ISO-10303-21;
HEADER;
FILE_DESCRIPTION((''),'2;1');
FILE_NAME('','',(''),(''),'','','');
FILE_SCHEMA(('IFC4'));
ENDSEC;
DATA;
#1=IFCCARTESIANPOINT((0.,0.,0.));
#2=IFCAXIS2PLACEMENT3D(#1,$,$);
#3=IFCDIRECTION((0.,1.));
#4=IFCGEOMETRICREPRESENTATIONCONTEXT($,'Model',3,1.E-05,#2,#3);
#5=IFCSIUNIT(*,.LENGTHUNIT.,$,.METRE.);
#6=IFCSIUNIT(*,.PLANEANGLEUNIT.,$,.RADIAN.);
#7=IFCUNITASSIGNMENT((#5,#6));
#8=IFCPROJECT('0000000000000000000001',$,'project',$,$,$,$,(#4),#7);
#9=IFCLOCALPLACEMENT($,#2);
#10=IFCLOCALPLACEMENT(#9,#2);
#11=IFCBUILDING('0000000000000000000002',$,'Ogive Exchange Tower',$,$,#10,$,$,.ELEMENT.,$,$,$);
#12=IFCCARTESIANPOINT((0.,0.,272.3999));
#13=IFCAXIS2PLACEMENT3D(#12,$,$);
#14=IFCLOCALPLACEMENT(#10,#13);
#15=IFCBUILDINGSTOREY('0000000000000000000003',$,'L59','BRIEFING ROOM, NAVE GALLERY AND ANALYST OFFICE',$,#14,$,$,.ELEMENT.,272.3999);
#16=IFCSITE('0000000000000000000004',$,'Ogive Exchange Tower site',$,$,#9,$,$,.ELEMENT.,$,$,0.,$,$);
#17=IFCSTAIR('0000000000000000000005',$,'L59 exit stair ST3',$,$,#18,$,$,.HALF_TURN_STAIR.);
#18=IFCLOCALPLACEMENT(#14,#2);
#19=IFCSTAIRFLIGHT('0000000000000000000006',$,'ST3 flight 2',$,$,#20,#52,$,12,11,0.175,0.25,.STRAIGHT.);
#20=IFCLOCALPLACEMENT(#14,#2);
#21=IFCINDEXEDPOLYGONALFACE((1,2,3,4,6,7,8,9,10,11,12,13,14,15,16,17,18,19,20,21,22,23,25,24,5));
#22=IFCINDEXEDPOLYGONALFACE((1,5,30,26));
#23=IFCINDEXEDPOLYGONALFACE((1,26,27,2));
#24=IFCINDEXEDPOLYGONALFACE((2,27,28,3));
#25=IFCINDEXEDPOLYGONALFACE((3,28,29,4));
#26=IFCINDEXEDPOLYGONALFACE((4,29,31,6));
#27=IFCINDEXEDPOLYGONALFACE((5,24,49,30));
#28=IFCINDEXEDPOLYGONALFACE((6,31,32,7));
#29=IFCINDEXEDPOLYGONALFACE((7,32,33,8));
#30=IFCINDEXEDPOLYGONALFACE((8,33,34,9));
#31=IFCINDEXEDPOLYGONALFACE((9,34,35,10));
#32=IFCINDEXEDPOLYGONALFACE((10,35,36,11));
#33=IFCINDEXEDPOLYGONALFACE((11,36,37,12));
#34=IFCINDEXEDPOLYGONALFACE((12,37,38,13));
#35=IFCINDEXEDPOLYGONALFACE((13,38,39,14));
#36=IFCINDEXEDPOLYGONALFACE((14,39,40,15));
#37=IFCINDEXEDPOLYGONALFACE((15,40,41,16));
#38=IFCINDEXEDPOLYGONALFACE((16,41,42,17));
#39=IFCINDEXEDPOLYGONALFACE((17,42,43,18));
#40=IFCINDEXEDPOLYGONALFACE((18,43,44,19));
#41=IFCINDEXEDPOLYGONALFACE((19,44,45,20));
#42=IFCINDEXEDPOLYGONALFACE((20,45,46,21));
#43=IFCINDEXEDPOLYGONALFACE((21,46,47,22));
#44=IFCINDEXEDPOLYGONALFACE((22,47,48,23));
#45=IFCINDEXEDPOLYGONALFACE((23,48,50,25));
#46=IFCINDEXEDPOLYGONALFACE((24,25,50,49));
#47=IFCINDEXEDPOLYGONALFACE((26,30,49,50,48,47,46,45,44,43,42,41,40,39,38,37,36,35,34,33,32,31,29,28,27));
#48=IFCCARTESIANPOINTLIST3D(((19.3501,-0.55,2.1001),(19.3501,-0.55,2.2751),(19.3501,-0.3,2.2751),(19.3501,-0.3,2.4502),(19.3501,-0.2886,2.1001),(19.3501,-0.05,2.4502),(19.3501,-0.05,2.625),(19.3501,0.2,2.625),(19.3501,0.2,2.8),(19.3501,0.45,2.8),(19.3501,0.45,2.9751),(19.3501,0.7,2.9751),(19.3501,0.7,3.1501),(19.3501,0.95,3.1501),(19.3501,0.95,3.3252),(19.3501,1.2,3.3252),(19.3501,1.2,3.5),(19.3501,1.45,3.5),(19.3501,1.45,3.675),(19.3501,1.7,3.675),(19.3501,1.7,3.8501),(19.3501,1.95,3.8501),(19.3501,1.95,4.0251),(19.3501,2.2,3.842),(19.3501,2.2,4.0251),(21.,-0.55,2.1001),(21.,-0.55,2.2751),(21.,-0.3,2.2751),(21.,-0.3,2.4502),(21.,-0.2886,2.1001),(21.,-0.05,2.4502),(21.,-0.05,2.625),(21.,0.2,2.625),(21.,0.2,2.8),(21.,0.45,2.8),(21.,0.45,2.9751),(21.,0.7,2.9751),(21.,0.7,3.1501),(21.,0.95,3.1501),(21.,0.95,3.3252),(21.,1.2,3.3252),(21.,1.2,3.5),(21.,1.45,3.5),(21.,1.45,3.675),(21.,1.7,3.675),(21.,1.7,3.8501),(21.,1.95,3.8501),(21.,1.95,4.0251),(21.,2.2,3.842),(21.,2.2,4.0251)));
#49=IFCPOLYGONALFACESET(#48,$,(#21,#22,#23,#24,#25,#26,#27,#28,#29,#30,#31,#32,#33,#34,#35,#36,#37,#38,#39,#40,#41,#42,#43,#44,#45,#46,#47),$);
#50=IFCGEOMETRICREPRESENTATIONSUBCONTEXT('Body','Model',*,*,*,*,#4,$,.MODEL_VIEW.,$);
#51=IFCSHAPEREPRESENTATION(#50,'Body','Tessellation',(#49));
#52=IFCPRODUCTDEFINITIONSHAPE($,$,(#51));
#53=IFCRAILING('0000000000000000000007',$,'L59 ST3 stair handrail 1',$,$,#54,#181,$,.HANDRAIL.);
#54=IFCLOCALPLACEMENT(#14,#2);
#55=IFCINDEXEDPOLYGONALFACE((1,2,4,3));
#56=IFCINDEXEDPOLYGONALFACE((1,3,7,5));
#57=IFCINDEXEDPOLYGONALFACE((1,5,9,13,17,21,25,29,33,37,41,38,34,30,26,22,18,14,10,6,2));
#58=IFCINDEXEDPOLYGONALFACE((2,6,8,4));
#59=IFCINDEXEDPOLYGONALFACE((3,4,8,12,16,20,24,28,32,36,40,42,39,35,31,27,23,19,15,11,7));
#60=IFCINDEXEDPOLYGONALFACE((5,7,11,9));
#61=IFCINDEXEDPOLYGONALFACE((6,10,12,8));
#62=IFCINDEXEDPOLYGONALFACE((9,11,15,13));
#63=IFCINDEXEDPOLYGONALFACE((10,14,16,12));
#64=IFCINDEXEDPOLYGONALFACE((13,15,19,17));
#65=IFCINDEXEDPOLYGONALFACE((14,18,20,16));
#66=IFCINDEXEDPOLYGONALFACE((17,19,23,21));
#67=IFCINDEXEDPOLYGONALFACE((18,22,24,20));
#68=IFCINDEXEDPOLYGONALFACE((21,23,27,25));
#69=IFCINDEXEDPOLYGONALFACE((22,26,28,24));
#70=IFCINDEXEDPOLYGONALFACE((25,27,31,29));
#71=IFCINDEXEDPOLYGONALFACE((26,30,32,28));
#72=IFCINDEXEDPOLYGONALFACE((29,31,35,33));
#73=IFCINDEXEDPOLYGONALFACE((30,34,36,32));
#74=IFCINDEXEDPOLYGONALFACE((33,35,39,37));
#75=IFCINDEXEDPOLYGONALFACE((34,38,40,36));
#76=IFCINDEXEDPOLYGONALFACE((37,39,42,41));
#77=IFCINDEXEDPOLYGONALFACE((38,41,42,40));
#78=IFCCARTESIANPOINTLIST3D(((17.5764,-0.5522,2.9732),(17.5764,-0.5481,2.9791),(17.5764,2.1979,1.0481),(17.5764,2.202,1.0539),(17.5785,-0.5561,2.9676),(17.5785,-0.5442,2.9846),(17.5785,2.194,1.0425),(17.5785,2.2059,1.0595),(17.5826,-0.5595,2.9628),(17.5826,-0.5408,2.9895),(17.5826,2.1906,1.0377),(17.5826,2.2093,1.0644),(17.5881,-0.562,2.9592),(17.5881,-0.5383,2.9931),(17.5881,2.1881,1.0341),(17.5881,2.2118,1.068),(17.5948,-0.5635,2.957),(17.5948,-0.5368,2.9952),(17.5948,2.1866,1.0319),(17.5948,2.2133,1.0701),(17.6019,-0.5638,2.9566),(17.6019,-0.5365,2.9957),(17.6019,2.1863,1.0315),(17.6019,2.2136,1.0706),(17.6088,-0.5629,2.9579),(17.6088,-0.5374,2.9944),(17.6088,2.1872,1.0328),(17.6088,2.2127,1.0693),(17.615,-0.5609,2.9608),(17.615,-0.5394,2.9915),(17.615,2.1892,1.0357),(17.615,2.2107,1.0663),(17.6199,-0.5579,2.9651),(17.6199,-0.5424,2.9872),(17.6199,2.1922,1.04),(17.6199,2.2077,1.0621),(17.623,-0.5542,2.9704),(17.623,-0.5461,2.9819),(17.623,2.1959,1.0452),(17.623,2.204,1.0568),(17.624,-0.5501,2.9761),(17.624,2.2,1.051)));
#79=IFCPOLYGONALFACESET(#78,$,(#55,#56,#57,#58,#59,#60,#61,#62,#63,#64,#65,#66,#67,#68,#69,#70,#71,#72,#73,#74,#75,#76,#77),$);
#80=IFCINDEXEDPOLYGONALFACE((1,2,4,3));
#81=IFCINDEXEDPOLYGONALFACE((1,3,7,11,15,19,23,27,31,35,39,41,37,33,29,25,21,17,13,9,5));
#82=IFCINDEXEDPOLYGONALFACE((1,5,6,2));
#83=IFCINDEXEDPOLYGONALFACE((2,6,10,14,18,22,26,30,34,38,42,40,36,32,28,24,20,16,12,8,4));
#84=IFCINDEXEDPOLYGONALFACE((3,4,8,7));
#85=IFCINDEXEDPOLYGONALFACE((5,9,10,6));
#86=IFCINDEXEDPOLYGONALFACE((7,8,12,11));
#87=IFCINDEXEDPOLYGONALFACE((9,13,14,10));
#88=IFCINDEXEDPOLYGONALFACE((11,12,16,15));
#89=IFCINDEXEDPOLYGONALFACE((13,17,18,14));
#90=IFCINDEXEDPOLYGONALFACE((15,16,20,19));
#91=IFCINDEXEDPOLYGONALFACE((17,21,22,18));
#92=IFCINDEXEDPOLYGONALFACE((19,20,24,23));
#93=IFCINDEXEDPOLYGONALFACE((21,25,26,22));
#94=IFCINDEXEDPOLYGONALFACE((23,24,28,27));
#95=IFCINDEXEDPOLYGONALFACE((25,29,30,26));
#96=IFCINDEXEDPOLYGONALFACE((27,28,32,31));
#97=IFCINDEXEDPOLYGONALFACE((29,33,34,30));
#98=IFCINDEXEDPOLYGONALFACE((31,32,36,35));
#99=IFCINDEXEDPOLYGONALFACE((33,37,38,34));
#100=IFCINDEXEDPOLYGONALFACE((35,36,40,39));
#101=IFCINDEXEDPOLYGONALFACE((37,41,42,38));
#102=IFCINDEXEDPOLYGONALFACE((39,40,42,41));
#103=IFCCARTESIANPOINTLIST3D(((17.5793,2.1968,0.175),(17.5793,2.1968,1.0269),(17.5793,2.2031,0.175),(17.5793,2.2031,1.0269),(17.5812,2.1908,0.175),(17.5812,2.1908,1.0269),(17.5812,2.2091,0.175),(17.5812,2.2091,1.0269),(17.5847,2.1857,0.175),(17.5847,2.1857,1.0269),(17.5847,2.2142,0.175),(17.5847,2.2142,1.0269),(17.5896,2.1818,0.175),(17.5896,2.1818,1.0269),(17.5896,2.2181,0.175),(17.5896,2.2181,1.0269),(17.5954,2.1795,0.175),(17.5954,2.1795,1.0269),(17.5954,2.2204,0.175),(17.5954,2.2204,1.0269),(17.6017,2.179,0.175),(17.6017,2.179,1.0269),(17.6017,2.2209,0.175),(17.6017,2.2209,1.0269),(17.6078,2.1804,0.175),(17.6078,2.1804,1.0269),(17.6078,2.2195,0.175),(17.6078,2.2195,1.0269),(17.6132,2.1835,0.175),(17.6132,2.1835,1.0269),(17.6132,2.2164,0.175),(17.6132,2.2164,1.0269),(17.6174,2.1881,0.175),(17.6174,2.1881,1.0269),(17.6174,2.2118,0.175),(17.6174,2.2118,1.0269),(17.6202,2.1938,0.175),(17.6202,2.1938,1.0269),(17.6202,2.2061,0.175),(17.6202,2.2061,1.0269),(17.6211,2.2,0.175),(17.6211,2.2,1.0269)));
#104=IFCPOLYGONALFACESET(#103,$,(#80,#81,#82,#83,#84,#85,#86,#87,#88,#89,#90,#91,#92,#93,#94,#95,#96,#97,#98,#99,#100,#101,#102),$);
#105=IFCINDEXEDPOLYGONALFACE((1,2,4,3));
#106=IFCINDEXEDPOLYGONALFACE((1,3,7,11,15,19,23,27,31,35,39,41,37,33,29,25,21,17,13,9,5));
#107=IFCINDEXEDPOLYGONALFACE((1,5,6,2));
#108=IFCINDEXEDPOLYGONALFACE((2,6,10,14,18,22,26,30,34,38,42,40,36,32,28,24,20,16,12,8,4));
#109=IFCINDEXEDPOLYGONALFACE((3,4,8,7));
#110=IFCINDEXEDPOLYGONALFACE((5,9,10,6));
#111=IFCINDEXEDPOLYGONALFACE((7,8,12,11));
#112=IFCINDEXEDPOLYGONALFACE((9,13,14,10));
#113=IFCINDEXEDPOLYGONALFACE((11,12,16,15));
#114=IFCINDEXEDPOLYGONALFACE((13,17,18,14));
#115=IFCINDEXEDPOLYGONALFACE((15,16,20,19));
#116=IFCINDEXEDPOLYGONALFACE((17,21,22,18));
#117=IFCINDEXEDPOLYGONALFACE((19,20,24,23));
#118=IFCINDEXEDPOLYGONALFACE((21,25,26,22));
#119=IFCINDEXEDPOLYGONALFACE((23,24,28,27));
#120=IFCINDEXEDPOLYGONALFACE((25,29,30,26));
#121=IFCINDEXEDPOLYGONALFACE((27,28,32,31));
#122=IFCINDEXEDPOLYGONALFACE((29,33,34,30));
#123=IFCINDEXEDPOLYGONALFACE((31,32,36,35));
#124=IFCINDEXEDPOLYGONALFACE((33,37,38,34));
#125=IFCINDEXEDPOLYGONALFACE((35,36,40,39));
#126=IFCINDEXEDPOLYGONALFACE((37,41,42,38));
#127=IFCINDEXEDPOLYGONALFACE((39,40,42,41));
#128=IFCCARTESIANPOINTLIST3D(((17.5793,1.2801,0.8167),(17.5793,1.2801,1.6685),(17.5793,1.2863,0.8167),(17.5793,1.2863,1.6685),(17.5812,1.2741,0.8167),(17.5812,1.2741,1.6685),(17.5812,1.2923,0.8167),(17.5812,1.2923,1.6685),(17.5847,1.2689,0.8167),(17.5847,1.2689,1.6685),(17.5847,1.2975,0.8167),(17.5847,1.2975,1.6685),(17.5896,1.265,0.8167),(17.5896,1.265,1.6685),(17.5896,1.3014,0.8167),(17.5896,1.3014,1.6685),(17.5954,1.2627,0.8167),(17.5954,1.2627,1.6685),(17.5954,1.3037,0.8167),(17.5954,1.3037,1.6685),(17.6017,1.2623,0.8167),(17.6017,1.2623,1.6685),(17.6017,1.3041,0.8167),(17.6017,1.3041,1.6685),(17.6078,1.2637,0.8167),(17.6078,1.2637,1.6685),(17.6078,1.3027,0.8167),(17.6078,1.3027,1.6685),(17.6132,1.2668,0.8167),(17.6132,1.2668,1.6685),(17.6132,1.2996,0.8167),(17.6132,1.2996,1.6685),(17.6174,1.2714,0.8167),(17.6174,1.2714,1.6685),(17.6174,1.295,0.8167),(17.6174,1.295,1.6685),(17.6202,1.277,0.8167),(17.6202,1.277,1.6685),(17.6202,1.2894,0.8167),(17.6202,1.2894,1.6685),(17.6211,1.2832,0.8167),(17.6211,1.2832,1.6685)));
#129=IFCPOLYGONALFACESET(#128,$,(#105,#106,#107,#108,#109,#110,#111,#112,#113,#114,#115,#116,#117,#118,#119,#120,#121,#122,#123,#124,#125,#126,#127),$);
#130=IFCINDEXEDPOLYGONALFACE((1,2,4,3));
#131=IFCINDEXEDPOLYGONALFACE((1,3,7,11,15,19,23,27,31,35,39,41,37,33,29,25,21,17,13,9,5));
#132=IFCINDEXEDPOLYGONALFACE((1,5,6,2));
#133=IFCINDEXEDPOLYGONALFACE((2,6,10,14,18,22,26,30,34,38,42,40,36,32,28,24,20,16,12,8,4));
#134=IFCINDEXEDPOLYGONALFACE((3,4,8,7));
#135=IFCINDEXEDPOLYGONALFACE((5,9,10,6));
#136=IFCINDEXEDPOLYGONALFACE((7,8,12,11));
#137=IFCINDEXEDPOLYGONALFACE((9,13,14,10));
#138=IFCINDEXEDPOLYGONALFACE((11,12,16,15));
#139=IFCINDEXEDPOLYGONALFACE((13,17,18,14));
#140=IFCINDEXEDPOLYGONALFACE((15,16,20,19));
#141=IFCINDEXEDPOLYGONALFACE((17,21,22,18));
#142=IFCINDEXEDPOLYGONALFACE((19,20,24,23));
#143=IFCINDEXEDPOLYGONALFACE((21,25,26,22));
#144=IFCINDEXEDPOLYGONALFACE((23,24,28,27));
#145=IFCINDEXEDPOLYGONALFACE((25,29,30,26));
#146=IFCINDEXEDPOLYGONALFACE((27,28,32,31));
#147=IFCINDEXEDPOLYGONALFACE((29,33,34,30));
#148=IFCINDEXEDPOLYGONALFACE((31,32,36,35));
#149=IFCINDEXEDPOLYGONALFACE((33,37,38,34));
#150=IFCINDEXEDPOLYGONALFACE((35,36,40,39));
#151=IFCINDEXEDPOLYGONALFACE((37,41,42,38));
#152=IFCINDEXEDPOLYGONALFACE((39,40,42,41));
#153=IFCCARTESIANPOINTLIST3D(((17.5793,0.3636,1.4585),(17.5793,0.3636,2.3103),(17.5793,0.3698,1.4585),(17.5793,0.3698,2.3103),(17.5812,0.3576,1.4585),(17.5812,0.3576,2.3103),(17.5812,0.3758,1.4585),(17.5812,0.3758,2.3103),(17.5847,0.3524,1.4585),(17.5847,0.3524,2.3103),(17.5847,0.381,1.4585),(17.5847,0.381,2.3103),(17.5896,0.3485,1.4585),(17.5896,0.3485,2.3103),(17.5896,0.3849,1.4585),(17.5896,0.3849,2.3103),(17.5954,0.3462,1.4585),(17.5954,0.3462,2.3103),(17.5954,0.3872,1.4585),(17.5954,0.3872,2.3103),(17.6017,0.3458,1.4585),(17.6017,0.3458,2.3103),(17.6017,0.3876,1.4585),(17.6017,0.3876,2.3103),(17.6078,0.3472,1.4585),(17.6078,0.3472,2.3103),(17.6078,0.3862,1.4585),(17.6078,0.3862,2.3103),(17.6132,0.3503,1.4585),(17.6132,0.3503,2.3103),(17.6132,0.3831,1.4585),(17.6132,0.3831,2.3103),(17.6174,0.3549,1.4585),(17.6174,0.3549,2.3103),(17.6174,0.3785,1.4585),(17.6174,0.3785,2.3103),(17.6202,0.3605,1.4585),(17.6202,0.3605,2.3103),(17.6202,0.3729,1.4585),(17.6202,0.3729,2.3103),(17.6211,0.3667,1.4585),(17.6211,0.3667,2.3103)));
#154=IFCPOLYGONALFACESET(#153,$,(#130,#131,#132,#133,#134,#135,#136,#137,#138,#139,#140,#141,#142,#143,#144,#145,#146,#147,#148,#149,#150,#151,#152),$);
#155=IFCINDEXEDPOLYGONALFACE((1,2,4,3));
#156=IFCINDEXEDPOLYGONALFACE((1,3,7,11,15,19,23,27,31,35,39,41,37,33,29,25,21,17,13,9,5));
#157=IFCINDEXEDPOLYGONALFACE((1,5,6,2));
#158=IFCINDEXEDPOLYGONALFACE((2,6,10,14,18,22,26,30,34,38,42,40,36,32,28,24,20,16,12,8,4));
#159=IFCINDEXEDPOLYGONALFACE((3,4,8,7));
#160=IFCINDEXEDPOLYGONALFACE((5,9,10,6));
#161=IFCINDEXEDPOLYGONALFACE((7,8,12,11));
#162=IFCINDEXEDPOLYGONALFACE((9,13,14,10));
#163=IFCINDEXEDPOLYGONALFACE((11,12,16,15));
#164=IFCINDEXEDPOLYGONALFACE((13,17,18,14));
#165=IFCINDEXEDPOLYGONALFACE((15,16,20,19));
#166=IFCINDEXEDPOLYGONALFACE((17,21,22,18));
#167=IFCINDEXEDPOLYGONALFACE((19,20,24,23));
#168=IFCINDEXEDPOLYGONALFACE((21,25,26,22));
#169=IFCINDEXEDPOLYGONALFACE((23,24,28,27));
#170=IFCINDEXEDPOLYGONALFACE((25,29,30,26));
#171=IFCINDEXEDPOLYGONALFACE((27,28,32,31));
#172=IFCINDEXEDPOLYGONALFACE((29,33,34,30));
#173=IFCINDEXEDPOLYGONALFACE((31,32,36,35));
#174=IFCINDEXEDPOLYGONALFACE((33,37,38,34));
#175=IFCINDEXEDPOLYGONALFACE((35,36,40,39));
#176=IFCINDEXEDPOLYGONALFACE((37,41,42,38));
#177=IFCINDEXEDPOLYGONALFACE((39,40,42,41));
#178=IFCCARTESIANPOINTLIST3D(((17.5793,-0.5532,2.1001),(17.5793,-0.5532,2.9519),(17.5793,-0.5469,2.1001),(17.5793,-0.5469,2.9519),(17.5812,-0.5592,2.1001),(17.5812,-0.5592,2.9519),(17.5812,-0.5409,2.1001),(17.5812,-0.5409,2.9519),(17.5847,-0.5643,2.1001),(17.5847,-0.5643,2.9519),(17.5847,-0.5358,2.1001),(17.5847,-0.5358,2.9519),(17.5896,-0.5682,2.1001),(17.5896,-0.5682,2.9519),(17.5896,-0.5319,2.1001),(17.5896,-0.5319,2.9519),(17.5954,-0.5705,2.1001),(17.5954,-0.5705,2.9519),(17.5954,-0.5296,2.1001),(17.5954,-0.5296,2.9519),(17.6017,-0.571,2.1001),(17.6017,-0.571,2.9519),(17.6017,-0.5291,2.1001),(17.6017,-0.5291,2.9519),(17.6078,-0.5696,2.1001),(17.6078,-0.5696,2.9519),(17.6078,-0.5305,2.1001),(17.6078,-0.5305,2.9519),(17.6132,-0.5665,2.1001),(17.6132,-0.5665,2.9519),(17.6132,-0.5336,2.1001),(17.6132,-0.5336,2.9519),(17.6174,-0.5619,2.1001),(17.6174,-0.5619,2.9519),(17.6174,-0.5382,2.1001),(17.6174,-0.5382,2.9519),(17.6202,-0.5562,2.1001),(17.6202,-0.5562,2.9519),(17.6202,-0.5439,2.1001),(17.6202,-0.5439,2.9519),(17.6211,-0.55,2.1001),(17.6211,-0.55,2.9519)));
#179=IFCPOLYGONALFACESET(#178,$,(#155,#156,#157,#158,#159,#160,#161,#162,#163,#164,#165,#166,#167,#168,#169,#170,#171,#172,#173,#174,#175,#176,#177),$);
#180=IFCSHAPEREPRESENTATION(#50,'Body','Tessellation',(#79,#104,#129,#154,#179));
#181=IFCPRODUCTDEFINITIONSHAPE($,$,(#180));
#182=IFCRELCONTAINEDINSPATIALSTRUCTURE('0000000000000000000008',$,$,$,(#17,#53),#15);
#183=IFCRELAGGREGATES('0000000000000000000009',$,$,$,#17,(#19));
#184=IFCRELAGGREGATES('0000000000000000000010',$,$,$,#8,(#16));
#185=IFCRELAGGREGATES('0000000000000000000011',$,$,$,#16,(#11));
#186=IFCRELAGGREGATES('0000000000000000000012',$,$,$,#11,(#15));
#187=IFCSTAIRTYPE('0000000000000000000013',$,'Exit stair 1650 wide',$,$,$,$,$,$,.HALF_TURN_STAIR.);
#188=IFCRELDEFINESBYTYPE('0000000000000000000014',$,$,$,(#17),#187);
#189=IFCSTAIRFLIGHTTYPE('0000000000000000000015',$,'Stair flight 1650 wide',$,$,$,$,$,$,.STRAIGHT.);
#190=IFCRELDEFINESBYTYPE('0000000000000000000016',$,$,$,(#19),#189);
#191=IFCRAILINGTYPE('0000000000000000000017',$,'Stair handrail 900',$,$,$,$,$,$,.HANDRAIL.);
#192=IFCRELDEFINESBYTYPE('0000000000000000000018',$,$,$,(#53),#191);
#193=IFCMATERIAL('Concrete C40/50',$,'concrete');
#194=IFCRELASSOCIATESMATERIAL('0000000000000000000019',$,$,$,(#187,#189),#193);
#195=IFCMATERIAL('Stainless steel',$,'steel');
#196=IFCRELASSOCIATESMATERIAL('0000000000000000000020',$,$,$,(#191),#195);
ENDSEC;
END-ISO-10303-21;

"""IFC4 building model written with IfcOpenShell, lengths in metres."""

from ifc_helpers import new_model, si_unit, direction, frame, origin, origin_2d, place, context, subcontext, project, spatial, polyline, circle, outline, extrude, material, type_object, element, aggregate, save


model = new_model("IFC4")

# Units and contexts
model_context = context("Model", 3, precision=1e-05, world=origin(), true_north=direction((0.0, 1.0)))
body_context = subcontext(model_context, "Body", "Model", "MODEL_VIEW")
ifc_project = project(units=[si_unit("LENGTHUNIT", "METRE"), si_unit("PLANEANGLEUNIT", "RADIAN")], contexts=[model_context])

# Site, building, storey
site_placement = place(None, origin())
site = spatial("IfcSite", under=ifc_project, at=site_placement, Name="Ogive Exchange Tower site", CompositionType="ELEMENT", RefElevation=0.0)
building_placement = place(site_placement, origin())
building = spatial("IfcBuilding", under=site, at=building_placement, Name="Ogive Exchange Tower", CompositionType="ELEMENT")
storey_placement = place(building_placement, frame((0.0, 0.0, 272.3999)))
storey = spatial("IfcBuildingStorey", under=building, at=storey_placement, Name="L59", Description="BRIEFING ROOM, NAVE GALLERY AND ANALYST OFFICE", CompositionType="ELEMENT", Elevation=272.3999)

# Shared definitions
ifc_material_1 = material(Name="Stainless steel", Category="steel")

# Stair, stair flight
ifc_material_2 = material(Name="Concrete C40/50", Category="concrete")
stair_type = type_object("IfcStairType", Name="Exit stair 1650 wide", PredefinedType="HALF_TURN_STAIR", material=ifc_material_2)
stair_placement = place(storey_placement, origin())
stair = element("IfcStair", 1, at=stair_placement, inside=storey, type_object=stair_type, Name="L59 exit stair ST3", PredefinedType="HALF_TURN_STAIR")
stair_flight_type = type_object("IfcStairFlightType", Name="Stair flight 1650 wide", PredefinedType="STRAIGHT", material=ifc_material_2)
stair_flight_1_placement = place(storey_placement, frame((20.175, -0.55, 2.1001), z_axis=(0.0, 0.0, 1.0), x_axis=(0.0, 1.0, 0.0)))
stair_flight_1 = element("IfcStairFlight", 2, at=stair_flight_1_placement, type_object=stair_flight_type, Name="ST3 flight 2", NumberOfRisers=12, NumberOfTreads=11, PredefinedType="STRAIGHT", RiserHeight=0.175, TreadLength=0.25, context=body_context, shape_type="SweptSolid", body=[
    extrude(outline(polyline([(0.0, 0.0), (0.0, 0.175), (0.25, 0.175), (0.25, 0.3501), (0.5, 0.3501), (0.5, 0.5249), (0.75, 0.5249), (0.75, 0.7), (1.0, 0.7), (1.0, 0.875), (1.25, 0.875), (1.25, 1.05), (1.5, 1.05), (1.5, 1.2251), (1.75, 1.2251), (1.75, 1.3999), (2.0, 1.3999), (2.0, 1.575), (2.25, 1.575), (2.25, 1.75), (2.5, 1.75), (2.5, 1.925), (2.75, 1.925), (2.75, 2.1001), (2.75, 1.7419), (0.2615, 0.0), (0.0, 0.0)])), frame((0.0, 0.825, 0.0), z_axis=(0.0, -1.0, 0.0), x_axis=(1.0, 0.0, 0.0)), (0.0, 0.0, 1.0), 1.6499),
])
aggregate(stair, [stair_flight_1])

# Railing
railing_type = type_object("IfcRailingType", Name="Stair handrail 900", PredefinedType="HANDRAIL", material=ifc_material_1)
railing_1_placement = place(storey_placement, frame((17.6001, 2.2, 0.175)))
element("IfcRailing", 3, at=railing_1_placement, inside=storey, type_object=railing_type, Name="L59 ST3 stair handrail 1", PredefinedType="HANDRAIL", context=body_context, shape_type="SweptSolid", body=[
    extrude(circle(Radius=0.0239, at=origin_2d()), frame((0.0, 0.0, 0.876), z_axis=(0.0, -0.819225, 0.573472), x_axis=(1.0, 0.0, 0.0)), (0.0, 0.0, 1.0), 3.3569),
    extrude(circle(Radius=0.021, at=origin_2d()), origin(), (0.0, 0.0, 1.0), 0.8518),
    extrude(circle(Radius=0.021, at=origin_2d()), frame((0.0, -0.9167, 0.6416)), (0.0, 0.0, 1.0), 0.8518),
    extrude(circle(Radius=0.021, at=origin_2d()), frame((0.0, -1.8333, 1.2834)), (0.0, 0.0, 1.0), 0.8518),
    extrude(circle(Radius=0.021, at=origin_2d()), frame((0.0, -2.75, 1.925)), (0.0, 0.0, 1.0), 0.8518),
])

save(model, "model.ifc")
